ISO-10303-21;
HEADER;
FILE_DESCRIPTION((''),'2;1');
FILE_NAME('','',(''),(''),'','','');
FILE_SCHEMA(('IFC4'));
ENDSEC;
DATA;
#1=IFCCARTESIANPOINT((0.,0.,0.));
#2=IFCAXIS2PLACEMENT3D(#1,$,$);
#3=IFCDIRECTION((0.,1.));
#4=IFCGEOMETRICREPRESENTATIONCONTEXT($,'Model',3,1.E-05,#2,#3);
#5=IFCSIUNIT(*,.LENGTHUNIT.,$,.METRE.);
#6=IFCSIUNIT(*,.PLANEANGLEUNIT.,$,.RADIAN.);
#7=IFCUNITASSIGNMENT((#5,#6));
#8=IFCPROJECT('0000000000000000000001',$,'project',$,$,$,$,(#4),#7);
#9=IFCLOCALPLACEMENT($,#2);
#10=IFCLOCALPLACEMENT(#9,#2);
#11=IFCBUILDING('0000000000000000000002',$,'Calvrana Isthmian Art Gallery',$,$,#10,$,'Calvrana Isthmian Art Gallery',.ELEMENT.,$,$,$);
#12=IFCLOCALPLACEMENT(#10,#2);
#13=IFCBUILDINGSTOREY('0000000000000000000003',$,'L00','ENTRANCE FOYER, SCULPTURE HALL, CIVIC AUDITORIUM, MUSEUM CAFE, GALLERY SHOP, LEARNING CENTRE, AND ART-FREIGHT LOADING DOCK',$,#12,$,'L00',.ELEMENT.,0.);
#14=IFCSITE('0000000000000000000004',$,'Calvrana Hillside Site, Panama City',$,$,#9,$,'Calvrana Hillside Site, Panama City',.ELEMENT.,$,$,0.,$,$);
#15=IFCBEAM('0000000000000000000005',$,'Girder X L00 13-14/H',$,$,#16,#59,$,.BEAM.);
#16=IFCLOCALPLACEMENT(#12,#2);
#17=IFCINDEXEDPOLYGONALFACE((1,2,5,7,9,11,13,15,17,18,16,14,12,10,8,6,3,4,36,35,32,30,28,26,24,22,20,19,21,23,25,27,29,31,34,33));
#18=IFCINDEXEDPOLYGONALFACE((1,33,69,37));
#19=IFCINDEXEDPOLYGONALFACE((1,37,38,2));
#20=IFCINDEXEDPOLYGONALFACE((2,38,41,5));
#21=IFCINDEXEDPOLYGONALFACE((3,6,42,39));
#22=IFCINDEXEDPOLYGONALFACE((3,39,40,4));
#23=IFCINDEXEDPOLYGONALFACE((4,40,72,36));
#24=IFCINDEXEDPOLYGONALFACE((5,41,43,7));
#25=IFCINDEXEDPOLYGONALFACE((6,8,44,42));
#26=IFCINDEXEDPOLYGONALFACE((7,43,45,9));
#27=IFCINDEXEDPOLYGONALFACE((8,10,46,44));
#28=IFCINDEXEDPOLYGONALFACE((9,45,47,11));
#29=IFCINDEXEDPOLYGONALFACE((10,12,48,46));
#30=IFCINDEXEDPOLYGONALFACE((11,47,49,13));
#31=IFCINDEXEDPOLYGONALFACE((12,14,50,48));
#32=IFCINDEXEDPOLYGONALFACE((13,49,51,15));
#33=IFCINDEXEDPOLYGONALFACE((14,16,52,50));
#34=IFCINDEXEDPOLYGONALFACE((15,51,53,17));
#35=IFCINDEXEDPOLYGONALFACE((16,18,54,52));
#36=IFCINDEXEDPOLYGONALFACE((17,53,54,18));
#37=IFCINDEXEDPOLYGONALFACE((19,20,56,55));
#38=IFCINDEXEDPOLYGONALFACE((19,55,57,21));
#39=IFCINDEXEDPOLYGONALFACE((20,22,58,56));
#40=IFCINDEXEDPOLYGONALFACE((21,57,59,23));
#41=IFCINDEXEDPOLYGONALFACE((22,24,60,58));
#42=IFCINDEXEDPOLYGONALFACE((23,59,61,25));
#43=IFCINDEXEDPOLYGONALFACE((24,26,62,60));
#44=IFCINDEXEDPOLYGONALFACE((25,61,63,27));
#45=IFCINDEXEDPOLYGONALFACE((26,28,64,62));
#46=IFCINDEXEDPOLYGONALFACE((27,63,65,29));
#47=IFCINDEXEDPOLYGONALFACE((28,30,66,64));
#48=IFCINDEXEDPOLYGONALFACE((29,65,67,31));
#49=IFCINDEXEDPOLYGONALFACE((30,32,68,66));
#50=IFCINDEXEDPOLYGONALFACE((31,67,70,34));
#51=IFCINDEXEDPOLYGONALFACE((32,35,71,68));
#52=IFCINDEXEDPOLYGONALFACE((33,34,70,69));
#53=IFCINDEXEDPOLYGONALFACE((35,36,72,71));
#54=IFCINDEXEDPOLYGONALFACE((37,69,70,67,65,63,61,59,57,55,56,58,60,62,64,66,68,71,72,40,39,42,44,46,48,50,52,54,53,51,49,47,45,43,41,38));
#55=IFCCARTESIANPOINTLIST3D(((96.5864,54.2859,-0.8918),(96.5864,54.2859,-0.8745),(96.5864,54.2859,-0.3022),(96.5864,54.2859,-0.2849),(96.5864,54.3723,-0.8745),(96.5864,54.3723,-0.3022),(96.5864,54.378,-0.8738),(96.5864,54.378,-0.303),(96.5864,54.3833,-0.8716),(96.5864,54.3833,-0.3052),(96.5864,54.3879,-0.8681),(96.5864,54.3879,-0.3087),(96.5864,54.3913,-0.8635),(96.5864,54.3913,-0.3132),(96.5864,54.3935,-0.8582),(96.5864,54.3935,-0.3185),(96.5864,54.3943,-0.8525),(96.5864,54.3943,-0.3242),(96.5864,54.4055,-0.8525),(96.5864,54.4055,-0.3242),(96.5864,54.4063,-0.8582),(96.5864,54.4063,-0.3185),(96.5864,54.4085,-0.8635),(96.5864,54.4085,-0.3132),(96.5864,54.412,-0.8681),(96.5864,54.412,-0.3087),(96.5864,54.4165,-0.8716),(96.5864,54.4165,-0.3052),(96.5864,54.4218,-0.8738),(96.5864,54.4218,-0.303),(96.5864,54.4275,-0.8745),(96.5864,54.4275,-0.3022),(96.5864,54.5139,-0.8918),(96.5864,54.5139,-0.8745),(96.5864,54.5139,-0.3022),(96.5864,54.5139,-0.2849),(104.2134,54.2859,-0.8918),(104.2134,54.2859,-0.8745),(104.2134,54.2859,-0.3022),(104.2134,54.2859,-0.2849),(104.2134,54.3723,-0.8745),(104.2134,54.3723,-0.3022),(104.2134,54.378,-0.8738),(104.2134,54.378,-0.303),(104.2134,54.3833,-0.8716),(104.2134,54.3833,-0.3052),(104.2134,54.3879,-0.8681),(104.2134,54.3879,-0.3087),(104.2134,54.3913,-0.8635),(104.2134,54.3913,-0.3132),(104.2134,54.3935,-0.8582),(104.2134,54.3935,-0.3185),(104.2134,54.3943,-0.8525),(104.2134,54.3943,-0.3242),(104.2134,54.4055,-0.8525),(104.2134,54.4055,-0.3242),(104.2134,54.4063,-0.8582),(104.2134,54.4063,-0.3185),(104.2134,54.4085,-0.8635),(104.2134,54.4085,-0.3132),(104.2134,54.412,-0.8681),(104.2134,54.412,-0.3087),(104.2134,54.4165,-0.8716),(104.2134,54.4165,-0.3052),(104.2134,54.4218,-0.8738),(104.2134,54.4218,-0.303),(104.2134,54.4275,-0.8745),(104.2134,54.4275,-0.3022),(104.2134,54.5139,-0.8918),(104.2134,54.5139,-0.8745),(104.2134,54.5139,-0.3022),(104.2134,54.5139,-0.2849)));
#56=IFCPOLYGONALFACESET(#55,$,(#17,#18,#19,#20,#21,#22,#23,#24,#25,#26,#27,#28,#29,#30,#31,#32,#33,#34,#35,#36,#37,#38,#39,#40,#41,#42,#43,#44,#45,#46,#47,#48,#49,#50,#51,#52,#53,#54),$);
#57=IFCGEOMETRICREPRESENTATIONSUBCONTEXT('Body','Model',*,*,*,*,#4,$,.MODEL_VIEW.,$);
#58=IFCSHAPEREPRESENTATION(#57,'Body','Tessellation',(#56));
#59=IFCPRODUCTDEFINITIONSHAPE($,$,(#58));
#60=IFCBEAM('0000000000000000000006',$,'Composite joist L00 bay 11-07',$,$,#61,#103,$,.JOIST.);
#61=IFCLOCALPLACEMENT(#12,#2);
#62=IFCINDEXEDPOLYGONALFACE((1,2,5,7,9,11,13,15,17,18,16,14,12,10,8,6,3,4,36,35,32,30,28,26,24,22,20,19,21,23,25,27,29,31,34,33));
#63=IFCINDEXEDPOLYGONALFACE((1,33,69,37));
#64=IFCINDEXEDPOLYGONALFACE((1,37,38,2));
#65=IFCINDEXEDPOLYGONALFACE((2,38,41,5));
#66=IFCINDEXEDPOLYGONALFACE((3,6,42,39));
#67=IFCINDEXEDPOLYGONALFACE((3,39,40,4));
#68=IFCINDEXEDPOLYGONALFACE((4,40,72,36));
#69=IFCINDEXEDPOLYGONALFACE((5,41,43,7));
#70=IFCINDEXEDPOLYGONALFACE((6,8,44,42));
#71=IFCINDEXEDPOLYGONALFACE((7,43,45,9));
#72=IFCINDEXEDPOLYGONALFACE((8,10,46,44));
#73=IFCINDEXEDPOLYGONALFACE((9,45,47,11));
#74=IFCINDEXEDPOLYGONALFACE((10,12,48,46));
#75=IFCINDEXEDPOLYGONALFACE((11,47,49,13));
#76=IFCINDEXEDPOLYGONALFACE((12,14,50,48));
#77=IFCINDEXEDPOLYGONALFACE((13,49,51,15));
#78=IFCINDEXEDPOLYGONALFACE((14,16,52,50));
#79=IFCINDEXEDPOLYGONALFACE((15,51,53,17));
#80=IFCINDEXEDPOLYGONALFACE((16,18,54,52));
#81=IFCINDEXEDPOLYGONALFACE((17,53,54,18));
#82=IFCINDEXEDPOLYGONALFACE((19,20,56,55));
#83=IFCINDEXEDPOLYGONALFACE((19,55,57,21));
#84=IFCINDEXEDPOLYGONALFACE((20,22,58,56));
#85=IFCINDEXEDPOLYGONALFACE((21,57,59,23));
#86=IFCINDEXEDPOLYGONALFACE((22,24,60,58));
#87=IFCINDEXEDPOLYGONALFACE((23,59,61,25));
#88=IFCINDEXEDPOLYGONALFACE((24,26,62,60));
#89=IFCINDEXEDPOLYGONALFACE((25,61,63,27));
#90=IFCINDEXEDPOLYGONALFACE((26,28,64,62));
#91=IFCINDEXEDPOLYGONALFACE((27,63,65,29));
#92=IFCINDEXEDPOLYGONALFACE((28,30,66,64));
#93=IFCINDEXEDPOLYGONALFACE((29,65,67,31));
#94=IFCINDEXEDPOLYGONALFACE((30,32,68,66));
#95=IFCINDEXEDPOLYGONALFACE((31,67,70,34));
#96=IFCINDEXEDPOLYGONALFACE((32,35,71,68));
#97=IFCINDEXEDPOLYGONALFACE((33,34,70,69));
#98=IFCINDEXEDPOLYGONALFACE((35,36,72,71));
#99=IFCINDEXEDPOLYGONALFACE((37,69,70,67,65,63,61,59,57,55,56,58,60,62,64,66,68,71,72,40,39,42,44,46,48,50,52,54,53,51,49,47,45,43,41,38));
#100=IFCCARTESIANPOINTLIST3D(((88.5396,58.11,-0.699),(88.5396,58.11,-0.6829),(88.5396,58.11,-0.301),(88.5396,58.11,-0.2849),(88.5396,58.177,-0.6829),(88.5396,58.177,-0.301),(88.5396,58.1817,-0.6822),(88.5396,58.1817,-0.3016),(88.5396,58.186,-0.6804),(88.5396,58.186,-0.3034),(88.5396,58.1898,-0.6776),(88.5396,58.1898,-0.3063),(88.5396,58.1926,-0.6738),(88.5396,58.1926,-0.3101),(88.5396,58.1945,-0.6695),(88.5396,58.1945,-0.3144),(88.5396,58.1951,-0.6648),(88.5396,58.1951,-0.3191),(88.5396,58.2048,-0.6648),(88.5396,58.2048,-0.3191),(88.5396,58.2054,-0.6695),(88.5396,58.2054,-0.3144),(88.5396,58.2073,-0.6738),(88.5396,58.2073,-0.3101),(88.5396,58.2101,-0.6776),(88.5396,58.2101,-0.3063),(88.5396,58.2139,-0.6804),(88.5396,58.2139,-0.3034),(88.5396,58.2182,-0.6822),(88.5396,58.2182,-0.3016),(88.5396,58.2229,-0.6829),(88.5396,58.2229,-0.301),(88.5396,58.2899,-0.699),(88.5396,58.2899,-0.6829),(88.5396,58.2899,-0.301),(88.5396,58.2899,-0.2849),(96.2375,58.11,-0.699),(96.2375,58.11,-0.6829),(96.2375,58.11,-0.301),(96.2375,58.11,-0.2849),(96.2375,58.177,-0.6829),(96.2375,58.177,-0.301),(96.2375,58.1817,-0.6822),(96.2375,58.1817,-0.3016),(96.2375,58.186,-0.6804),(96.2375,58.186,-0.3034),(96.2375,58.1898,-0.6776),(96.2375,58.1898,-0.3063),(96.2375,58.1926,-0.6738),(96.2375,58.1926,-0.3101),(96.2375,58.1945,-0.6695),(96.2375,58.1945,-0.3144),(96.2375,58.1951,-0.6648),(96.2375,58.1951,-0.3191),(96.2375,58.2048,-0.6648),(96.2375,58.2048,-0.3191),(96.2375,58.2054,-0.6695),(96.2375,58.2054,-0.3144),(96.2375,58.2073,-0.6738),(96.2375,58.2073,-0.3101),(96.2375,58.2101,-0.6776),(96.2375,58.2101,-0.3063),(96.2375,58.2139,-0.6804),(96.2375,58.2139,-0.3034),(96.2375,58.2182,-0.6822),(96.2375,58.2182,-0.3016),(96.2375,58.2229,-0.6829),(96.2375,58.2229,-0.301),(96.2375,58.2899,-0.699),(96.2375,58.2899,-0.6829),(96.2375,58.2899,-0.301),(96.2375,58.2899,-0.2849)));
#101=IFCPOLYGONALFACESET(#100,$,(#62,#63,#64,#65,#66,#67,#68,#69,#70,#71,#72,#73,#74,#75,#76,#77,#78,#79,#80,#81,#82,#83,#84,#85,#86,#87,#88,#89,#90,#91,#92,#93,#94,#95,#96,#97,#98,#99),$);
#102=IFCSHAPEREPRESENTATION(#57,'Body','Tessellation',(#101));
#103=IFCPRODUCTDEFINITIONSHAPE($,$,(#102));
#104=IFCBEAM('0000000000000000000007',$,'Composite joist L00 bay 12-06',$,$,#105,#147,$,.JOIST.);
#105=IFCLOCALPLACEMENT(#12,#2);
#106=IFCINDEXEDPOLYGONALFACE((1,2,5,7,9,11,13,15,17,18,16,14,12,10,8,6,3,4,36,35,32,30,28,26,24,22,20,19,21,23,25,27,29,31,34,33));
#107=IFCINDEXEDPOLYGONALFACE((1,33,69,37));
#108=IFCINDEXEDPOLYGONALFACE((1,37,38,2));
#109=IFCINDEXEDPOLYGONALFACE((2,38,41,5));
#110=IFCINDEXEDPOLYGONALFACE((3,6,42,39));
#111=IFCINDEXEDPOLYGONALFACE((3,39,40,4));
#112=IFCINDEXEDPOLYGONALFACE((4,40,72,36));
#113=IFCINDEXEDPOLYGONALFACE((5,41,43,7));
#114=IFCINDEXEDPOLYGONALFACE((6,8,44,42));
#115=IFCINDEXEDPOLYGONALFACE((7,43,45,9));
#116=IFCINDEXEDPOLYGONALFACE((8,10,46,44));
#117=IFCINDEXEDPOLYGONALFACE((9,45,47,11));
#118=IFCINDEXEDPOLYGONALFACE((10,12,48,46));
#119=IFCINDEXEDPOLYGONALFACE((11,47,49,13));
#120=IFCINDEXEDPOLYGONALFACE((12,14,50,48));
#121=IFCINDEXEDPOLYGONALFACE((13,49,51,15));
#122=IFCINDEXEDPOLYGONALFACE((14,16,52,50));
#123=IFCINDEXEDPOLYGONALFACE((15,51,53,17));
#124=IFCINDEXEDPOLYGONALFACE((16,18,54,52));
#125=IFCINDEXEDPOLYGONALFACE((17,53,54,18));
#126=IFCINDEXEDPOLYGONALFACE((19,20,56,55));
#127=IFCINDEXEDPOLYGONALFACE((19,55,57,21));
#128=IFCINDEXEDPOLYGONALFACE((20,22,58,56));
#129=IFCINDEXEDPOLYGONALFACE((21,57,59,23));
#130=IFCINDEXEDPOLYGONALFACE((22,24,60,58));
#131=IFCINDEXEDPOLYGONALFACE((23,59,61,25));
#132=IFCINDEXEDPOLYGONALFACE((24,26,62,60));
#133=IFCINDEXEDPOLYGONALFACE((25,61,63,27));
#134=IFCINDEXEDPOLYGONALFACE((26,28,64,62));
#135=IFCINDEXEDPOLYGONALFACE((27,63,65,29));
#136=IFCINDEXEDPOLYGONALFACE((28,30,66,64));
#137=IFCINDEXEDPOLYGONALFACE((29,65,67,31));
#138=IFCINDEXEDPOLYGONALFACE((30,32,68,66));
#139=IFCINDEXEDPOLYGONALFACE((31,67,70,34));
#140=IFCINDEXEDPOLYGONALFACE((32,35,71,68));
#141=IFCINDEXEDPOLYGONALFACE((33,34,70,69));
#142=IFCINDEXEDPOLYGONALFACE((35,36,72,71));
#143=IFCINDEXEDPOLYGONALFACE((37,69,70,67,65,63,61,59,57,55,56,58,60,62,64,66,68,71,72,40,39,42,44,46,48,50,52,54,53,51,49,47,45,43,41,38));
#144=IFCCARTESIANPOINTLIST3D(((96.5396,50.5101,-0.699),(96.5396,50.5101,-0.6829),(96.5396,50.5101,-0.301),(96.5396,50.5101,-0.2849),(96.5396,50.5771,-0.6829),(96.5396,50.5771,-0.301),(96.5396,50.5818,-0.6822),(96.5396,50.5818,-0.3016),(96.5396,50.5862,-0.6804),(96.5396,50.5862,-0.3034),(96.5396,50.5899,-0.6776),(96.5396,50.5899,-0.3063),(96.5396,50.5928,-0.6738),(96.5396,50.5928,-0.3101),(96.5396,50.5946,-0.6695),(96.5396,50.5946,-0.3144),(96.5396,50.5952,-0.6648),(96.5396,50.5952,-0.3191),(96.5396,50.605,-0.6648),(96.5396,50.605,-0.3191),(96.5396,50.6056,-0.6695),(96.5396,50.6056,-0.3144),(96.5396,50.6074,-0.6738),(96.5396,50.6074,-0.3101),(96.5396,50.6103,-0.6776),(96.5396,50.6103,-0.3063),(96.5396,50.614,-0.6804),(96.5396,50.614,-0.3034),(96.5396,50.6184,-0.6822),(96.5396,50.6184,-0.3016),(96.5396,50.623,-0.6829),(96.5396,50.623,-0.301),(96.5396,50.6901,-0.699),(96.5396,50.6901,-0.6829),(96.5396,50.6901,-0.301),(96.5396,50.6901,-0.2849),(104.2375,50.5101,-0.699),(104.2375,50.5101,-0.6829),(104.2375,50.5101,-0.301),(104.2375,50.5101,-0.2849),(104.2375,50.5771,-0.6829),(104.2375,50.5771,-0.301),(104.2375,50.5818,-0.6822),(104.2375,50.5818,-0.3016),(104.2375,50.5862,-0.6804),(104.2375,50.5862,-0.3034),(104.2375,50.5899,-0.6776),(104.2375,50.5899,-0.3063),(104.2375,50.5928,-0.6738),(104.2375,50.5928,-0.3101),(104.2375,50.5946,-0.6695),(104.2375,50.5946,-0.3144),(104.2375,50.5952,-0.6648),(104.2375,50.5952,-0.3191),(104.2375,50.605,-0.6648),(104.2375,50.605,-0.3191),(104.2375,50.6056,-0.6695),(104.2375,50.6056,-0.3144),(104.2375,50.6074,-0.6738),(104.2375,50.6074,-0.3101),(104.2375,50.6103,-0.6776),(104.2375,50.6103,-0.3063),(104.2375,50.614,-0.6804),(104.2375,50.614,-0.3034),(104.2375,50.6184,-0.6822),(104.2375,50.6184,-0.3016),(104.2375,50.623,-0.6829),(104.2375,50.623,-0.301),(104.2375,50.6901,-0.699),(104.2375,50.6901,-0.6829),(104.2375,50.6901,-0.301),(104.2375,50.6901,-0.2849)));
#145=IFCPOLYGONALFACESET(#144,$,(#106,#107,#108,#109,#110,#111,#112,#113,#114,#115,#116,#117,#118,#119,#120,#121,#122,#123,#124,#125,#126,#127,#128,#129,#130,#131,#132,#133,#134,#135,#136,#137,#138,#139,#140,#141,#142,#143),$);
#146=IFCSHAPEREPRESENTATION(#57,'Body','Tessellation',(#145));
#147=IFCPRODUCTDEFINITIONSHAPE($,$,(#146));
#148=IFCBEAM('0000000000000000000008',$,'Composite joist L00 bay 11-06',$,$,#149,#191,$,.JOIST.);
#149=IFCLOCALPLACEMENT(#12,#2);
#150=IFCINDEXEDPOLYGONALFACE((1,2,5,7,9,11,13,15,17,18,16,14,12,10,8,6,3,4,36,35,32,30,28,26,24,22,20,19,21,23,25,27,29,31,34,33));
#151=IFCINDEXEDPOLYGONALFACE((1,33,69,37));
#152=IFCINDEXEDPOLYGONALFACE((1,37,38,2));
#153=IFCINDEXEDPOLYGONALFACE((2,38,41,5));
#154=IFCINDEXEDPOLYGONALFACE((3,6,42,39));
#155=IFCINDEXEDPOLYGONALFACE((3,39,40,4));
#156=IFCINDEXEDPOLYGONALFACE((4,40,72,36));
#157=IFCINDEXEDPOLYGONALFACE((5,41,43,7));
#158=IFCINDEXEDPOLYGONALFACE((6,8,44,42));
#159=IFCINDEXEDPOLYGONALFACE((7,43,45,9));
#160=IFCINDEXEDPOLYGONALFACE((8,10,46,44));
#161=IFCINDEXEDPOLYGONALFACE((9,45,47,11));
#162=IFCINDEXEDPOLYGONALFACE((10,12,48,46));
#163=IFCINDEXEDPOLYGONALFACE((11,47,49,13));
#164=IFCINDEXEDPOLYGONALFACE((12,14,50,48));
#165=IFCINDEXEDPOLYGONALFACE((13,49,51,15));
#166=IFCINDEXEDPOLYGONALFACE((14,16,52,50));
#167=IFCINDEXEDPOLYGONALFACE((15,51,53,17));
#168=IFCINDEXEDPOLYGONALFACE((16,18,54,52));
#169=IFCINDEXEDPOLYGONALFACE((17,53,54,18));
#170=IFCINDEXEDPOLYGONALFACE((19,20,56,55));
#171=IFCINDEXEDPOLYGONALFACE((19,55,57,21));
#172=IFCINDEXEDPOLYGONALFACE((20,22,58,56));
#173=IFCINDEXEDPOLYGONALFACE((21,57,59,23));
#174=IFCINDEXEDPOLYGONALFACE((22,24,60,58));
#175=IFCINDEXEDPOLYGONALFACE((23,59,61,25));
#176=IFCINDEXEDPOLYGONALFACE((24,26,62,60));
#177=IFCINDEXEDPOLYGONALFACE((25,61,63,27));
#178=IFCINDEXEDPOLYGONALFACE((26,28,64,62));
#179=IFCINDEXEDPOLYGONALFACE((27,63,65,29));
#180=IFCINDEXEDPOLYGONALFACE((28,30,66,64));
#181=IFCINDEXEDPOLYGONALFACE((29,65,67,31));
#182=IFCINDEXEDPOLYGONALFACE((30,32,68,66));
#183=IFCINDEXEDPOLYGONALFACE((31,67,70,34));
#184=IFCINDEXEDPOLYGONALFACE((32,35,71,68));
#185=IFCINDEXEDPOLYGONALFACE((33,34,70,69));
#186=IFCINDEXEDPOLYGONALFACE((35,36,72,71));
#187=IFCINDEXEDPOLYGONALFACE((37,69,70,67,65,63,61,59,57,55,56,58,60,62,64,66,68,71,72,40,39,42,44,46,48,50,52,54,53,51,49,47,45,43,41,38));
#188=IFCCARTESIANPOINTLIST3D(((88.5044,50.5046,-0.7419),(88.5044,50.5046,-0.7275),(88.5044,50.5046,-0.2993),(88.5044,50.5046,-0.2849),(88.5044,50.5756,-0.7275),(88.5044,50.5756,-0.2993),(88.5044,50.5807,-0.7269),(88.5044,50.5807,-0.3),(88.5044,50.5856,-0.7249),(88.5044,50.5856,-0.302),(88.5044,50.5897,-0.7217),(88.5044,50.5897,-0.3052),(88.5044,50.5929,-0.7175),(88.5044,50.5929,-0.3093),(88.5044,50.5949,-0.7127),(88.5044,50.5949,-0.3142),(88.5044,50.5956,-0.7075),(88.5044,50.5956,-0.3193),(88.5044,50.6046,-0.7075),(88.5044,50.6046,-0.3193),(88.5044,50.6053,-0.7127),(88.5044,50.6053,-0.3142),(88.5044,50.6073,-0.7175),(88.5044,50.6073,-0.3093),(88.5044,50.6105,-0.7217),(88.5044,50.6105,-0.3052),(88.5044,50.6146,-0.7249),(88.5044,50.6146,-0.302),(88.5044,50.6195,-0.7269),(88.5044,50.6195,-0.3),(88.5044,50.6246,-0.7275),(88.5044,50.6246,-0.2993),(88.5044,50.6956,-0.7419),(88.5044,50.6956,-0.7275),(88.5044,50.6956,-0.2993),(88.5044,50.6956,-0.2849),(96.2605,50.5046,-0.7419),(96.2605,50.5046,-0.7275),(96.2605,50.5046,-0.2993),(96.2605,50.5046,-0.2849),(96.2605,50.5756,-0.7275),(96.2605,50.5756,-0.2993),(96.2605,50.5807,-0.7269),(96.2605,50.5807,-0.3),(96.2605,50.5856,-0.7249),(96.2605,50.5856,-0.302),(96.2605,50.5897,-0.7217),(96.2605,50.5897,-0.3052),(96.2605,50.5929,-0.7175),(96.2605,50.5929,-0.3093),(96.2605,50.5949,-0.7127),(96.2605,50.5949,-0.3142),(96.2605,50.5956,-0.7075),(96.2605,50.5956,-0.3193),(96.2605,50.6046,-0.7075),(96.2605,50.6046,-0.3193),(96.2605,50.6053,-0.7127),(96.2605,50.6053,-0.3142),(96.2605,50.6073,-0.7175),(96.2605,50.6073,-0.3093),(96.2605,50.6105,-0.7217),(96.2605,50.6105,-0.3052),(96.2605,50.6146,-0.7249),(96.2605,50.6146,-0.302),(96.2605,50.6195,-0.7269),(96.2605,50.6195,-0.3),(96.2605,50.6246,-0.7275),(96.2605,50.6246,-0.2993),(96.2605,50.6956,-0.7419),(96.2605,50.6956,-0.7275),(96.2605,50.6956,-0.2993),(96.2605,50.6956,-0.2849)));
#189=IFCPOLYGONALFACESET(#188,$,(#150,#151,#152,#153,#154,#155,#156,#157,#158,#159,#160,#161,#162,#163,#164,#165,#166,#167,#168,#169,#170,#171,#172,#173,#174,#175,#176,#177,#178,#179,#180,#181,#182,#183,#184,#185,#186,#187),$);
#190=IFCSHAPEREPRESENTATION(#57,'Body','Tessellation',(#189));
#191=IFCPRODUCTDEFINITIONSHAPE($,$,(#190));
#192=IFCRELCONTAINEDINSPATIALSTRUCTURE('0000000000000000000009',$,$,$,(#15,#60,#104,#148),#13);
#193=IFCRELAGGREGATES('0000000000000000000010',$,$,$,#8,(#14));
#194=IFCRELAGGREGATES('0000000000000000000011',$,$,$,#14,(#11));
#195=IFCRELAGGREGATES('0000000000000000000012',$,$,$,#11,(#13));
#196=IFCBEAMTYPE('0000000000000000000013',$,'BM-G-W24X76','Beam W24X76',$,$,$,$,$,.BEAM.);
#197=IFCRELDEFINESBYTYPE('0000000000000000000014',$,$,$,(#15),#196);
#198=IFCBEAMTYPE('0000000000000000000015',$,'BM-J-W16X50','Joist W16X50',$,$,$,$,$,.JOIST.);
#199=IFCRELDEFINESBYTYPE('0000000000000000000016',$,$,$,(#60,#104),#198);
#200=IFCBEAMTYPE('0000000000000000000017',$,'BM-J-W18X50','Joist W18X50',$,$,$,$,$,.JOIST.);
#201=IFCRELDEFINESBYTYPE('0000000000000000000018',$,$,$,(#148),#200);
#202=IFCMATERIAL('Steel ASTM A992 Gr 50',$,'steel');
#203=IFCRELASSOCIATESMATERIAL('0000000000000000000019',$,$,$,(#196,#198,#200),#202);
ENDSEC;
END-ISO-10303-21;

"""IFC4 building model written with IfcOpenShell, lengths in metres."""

from ifc_helpers import new_model, si_unit, direction, frame, origin, origin_2d, place, context, subcontext, project, spatial, i_section, extrude, material, material_profile, profile_set, type_object, element, save


model = new_model("IFC4")

# Units and contexts
model_context = context("Model", 3, precision=1e-05, world=origin(), true_north=direction((0.0, 1.0)))
body_context = subcontext(model_context, "Body", "Model", "MODEL_VIEW")
ifc_project = project(units=[si_unit("LENGTHUNIT", "METRE"), si_unit("PLANEANGLEUNIT", "RADIAN")], contexts=[model_context])

# Site, building, storey
site_placement = place(None, origin())
site = spatial("IfcSite", under=ifc_project, at=site_placement, Name="Calvrana Hillside Site, Panama City", LongName="Calvrana Hillside Site, Panama City", CompositionType="ELEMENT", RefElevation=0.0)
building_placement = place(site_placement, origin())
building = spatial("IfcBuilding", under=site, at=building_placement, Name="Calvrana Isthmian Art Gallery", LongName="Calvrana Isthmian Art Gallery", CompositionType="ELEMENT")
storey_placement = place(building_placement, origin())
storey = spatial("IfcBuildingStorey", under=building, at=storey_placement, Name="L00", Description="ENTRANCE FOYER, SCULPTURE HALL, CIVIC AUDITORIUM, MUSEUM CAFE, GALLERY SHOP, LEARNING CENTRE, AND ART-FREIGHT LOADING DOCK", LongName="L00", CompositionType="ELEMENT", Elevation=0.0)

# Shared definitions
ifc_material_1 = material(Name="Steel ASTM A992 Gr 50", Category="steel")

# Beams
ifc_material_profile_1 = material_profile(ifc_material_1, i_section(OverallWidth=0.228, OverallDepth=0.6069, WebThickness=0.0112, FlangeThickness=0.0173, FilletRadius=0.022, at=origin_2d()), Name="W24X76")
ifc_profile_set_1 = profile_set([ifc_material_profile_1], Name="Steel ASTM A992 Gr 50")
beam_type_1 = type_object("IfcBeamType", Name="BM-G-W24X76", Description="Beam W24X76", PredefinedType="BEAM", material=ifc_profile_set_1)
beam_1_placement = place(storey_placement, frame((96.5864, 54.3999, -0.5884), z_axis=(1.0, 0.0, 0.0), x_axis=(0.0, 1.0, 0.0)))
element("IfcBeam", 1, at=beam_1_placement, inside=storey, type_object=beam_type_1, Name="Girder X L00 13-14/H", PredefinedType="BEAM", context=body_context, shape_type="SweptSolid", body=[
    extrude(i_section(OverallWidth=0.228, OverallDepth=0.6069, WebThickness=0.0112, FlangeThickness=0.0173, FilletRadius=0.022, at=origin_2d()), origin(), (0.0, 0.0, 1.0), 7.627),
])
ifc_material_profile_2 = material_profile(ifc_material_1, i_section(OverallWidth=0.1799, OverallDepth=0.4141, WebThickness=0.0098, FlangeThickness=0.0161, FilletRadius=0.0181, at=origin_2d()), Name="W16X50")
ifc_profile_set_2 = profile_set([ifc_material_profile_2], Name="Steel ASTM A992 Gr 50")
beam_type_2 = type_object("IfcBeamType", Name="BM-J-W16X50", Description="Joist W16X50", PredefinedType="JOIST", material=ifc_profile_set_2)
for number, where, z_axis, x_axis, name in (
    (2, (88.5396, 58.2, -0.4919), (1.0, 0.0, 0.0), (0.0, 1.0, 0.0), "Composite joist L00 bay 11-07"),
    (3, (96.5396, 50.6001, -0.4919), (1.0, 0.0, 0.0), (0.0, 1.0, 0.0), "Composite joist L00 bay 12-06"),
):
    element("IfcBeam", number, at=place(storey_placement, frame(where, z_axis=z_axis, x_axis=x_axis)), inside=storey, type_object=beam_type_2, Name=name, PredefinedType="JOIST", context=body_context, shape_type="SweptSolid", body=[
        extrude(i_section(OverallWidth=0.1799, OverallDepth=0.4141, WebThickness=0.0098, FlangeThickness=0.0161, FilletRadius=0.0181, at=origin_2d()), origin(), (0.0, 0.0, 1.0), 7.698),
    ])
ifc_material_profile_3 = material_profile(ifc_material_1, i_section(OverallWidth=0.1909, OverallDepth=0.457, WebThickness=0.009, FlangeThickness=0.0144, FilletRadius=0.02, at=origin_2d()), Name="W18X50")
ifc_profile_set_3 = profile_set([ifc_material_profile_3], Name="Steel ASTM A992 Gr 50")
beam_type_3 = type_object("IfcBeamType", Name="BM-J-W18X50", Description="Joist W18X50", PredefinedType="JOIST", material=ifc_profile_set_3)
beam_2_placement = place(storey_placement, frame((88.5044, 50.6001, -0.5134), z_axis=(1.0, 0.0, 0.0), x_axis=(0.0, 1.0, 0.0)))
element("IfcBeam", 4, at=beam_2_placement, inside=storey, type_object=beam_type_3, Name="Composite joist L00 bay 11-06", PredefinedType="JOIST", context=body_context, shape_type="SweptSolid", body=[
    extrude(i_section(OverallWidth=0.1909, OverallDepth=0.457, WebThickness=0.009, FlangeThickness=0.0144, FilletRadius=0.02, at=origin_2d()), origin(), (0.0, 0.0, 1.0), 7.7561),
])

save(model, "model.ifc")
